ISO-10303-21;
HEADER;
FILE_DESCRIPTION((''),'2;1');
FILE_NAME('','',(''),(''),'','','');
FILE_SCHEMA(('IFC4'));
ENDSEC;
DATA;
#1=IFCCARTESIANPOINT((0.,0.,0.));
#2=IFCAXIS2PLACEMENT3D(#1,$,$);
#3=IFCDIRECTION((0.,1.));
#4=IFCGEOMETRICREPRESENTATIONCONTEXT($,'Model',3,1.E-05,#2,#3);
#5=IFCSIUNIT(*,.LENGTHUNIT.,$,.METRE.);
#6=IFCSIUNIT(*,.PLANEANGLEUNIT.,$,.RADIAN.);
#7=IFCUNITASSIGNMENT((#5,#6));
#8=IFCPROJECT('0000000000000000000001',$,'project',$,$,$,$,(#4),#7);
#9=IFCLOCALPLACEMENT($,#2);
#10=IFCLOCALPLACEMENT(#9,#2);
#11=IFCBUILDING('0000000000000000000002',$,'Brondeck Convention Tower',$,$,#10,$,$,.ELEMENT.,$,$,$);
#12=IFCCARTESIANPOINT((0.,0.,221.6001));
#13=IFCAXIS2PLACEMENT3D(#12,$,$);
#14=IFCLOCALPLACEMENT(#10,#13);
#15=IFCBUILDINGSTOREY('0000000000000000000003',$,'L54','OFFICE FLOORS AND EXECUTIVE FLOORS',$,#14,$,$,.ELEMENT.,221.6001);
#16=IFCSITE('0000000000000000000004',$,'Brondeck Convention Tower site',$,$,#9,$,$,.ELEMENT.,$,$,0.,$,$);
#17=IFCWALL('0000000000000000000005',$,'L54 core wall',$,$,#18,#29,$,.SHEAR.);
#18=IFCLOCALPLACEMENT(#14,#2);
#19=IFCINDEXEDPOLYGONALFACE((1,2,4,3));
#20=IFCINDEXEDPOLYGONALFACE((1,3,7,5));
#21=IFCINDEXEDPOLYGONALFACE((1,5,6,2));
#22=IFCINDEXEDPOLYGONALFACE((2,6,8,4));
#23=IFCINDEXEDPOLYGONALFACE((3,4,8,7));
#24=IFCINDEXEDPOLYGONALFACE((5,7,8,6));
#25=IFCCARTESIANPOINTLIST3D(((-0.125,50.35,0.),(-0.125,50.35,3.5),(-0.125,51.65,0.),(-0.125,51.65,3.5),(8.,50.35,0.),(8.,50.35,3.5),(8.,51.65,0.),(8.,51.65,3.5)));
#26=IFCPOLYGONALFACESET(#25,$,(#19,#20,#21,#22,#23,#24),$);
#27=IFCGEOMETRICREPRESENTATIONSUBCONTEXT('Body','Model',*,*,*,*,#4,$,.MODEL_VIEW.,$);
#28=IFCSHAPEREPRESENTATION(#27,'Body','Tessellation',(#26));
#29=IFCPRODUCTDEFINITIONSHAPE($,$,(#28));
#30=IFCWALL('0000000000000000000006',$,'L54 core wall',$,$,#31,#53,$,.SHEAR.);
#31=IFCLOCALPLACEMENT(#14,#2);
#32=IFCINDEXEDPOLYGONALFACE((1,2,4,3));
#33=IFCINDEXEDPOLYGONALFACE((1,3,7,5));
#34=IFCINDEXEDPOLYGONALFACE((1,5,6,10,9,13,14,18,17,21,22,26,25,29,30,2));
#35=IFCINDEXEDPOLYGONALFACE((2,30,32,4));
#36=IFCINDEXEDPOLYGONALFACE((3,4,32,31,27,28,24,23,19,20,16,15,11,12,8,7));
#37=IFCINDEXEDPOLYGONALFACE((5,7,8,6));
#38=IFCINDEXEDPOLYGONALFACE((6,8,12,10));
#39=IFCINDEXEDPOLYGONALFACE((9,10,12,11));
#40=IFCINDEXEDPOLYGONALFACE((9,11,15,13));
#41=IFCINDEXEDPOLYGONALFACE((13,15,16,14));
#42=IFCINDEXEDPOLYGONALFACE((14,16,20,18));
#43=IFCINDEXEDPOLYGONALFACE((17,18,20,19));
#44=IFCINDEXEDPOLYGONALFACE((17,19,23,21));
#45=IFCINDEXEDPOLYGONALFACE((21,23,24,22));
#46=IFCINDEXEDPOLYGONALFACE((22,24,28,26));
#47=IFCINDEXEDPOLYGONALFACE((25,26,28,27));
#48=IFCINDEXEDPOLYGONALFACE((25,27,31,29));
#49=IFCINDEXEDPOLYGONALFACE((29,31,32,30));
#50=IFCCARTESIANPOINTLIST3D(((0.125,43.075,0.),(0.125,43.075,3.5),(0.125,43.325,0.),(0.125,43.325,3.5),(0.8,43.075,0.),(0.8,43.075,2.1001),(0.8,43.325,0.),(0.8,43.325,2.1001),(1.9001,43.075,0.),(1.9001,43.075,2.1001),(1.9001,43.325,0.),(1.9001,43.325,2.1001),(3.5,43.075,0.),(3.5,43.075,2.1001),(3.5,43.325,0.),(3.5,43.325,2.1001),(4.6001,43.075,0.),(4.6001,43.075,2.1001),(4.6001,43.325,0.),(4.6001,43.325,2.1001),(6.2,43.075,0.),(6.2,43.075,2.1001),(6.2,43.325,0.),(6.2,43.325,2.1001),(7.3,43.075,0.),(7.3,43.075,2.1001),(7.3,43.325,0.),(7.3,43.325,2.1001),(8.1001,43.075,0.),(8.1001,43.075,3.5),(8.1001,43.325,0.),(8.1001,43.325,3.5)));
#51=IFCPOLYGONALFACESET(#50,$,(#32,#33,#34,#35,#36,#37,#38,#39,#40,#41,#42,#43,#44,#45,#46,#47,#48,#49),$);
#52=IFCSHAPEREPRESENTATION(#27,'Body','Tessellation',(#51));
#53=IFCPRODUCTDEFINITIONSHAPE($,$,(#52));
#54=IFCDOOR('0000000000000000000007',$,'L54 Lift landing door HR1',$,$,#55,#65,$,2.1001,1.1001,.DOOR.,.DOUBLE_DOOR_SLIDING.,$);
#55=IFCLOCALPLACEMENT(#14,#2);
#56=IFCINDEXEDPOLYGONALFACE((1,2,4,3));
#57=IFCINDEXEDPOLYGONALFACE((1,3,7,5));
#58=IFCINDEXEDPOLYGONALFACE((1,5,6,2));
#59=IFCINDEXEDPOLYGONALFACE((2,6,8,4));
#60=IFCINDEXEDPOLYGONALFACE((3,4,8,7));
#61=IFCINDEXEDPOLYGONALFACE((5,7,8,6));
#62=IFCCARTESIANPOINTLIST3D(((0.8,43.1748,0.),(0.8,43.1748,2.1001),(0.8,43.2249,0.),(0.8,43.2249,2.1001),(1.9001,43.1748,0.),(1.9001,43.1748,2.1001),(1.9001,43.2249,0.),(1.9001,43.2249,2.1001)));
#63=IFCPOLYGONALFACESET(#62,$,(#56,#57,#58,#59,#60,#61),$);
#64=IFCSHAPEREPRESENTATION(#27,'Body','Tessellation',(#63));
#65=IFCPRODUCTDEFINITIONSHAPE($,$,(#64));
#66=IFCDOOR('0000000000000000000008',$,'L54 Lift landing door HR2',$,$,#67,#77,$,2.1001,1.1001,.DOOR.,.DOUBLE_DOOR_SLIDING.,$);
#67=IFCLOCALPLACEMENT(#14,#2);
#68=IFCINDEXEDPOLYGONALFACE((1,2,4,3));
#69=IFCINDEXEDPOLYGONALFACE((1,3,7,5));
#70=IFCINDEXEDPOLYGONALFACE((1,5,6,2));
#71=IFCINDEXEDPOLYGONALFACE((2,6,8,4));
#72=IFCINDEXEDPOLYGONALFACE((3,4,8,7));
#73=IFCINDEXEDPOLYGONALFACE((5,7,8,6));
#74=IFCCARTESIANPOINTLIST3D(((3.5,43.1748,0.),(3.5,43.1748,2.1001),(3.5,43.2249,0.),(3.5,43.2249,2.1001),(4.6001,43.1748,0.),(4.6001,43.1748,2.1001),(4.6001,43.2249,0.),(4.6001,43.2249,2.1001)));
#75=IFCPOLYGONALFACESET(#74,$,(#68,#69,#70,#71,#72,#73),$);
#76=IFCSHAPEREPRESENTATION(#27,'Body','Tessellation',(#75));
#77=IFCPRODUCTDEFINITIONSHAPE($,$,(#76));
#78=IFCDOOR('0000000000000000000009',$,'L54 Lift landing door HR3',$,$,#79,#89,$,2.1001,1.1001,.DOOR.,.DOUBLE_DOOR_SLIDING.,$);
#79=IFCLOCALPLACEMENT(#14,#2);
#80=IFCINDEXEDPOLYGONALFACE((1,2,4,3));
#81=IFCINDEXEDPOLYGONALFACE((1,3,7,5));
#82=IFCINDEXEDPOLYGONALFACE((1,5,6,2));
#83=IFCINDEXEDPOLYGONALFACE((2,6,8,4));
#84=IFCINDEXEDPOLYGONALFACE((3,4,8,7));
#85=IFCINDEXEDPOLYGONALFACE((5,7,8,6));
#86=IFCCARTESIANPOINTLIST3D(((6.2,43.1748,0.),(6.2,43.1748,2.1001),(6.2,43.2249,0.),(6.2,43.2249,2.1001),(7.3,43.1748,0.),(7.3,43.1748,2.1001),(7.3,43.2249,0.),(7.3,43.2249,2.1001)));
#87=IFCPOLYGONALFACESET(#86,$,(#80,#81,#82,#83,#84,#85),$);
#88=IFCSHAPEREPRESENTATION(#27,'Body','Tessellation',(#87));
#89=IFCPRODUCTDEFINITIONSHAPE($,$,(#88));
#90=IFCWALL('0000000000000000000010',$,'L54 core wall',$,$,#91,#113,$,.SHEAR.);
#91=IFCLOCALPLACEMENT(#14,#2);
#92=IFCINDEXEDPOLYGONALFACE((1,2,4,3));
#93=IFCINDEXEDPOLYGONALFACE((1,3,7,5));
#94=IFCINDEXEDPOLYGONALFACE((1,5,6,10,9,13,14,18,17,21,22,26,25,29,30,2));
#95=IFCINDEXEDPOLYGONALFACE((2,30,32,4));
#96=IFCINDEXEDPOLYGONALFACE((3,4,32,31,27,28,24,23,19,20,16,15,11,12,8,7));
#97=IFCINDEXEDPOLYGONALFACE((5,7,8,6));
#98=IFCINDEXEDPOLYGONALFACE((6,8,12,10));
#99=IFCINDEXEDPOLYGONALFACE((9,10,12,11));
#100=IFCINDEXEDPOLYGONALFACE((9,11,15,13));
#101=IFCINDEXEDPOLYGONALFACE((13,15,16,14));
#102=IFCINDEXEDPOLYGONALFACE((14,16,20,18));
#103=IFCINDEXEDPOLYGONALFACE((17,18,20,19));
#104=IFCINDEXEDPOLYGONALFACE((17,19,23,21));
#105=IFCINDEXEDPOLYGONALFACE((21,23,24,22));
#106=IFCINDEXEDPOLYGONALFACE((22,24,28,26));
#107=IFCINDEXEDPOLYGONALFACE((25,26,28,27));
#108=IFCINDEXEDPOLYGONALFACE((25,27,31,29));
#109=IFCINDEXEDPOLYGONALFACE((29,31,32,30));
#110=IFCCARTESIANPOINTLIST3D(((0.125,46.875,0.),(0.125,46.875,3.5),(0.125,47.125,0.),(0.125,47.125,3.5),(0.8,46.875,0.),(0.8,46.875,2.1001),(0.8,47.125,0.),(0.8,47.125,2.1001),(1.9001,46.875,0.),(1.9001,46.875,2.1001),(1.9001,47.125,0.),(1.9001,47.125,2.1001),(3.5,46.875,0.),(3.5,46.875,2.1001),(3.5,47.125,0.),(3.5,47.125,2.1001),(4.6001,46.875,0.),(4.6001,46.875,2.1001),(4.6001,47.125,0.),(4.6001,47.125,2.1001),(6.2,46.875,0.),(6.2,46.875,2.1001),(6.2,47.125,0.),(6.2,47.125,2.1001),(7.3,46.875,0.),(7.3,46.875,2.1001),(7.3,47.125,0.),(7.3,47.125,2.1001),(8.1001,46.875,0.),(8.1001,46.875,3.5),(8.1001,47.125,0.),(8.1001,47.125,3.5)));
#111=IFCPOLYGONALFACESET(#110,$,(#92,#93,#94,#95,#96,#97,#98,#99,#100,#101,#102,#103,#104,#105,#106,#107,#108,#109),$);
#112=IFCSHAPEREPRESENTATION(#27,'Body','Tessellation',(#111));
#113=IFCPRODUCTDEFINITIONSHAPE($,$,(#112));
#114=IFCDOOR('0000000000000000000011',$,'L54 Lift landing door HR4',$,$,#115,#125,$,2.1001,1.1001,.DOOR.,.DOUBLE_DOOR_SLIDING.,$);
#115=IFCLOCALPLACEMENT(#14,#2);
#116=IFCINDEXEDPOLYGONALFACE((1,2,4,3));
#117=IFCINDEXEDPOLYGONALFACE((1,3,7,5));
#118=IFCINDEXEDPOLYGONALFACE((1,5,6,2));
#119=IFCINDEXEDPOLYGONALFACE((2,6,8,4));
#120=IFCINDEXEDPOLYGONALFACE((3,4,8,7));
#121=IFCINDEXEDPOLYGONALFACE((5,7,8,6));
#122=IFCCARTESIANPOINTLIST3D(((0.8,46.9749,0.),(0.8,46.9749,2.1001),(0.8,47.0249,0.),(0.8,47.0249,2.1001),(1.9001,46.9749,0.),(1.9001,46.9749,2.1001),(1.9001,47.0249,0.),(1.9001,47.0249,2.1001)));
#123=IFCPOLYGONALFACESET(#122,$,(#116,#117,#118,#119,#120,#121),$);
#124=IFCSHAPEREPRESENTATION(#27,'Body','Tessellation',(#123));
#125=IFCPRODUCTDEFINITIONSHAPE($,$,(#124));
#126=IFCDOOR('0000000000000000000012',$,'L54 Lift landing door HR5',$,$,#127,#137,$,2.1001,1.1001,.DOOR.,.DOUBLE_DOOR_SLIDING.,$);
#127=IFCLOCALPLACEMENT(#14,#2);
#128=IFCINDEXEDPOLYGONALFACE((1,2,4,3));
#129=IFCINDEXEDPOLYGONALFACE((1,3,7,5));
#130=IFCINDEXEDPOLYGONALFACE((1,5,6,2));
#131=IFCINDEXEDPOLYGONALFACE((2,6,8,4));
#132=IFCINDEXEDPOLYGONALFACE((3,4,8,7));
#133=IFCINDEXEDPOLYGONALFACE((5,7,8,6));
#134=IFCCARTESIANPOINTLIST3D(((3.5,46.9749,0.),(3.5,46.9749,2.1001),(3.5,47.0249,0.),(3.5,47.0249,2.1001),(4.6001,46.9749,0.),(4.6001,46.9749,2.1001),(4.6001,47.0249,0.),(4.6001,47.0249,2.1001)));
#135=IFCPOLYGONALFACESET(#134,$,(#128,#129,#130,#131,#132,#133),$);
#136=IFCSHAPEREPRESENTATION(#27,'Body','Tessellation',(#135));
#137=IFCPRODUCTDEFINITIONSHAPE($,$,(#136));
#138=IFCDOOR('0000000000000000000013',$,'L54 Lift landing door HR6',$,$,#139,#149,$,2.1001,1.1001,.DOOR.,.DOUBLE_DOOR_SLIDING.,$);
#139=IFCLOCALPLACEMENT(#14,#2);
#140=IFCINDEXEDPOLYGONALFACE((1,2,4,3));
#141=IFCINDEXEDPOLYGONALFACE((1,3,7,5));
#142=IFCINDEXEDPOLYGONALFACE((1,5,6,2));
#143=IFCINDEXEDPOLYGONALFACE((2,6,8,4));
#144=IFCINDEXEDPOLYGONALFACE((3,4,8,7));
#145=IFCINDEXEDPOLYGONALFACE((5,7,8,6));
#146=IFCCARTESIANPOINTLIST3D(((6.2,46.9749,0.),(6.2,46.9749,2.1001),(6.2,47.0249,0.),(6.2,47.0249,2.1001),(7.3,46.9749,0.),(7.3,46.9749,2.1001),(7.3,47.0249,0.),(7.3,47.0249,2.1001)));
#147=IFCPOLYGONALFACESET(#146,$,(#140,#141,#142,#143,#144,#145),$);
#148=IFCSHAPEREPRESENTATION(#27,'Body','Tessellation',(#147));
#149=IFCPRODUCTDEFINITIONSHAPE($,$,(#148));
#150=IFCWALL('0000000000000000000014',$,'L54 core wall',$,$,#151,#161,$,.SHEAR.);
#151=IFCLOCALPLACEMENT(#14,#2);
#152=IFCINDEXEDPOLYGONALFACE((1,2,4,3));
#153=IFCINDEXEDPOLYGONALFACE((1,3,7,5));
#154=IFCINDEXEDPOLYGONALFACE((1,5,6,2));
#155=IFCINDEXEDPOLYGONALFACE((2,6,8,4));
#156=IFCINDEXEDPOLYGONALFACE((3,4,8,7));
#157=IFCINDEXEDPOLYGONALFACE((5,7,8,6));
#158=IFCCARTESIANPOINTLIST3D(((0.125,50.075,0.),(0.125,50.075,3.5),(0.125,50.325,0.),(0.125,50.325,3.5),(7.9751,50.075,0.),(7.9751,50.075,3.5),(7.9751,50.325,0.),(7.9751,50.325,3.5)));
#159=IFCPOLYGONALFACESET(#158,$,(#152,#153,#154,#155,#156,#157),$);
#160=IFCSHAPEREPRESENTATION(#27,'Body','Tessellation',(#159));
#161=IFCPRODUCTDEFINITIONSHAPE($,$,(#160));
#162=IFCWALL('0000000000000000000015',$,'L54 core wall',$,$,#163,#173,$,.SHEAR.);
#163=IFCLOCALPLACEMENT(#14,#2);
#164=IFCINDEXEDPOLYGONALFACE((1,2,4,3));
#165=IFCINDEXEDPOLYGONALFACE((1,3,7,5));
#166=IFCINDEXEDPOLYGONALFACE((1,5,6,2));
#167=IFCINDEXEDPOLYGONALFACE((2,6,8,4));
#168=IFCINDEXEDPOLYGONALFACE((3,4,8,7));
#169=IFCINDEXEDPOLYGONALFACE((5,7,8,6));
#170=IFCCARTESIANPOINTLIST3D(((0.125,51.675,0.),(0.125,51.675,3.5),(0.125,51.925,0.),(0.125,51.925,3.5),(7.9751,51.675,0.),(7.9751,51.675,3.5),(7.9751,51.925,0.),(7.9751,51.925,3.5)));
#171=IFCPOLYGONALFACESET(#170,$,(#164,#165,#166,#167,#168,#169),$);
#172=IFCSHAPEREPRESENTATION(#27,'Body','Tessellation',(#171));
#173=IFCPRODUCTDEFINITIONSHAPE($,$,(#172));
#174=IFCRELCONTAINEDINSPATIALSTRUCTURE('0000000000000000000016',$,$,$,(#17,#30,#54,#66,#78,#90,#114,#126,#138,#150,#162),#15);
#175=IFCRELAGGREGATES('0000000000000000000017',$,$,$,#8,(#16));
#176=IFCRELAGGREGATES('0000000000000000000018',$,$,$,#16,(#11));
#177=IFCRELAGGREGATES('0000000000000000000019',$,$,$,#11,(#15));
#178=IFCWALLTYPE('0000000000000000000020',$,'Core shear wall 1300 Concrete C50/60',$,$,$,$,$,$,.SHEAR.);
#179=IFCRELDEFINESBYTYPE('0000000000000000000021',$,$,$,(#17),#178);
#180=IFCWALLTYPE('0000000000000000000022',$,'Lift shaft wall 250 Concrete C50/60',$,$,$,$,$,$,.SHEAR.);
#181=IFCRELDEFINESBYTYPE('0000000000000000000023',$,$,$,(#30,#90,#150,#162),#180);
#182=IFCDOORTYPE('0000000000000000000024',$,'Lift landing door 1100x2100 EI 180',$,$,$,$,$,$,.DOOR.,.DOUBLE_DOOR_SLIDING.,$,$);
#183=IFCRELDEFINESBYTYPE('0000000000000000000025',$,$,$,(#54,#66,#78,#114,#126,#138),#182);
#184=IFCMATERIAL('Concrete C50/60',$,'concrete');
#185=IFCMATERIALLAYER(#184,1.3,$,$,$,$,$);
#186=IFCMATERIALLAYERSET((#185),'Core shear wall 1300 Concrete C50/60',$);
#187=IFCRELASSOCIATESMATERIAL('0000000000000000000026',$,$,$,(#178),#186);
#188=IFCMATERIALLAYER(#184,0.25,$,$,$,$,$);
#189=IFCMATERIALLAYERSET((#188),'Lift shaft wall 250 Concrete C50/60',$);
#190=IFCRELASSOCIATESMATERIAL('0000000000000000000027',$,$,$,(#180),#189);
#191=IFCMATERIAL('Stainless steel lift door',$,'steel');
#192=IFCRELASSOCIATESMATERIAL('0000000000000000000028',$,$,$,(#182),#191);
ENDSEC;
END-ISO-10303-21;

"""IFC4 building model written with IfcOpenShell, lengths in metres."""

from ifc_helpers import new_model, si_unit, direction, frame, frame_2d, origin, place, context, subcontext, project, spatial, rectangle, extrude, material, layer, layer_set, type_object, element, fill, save


model = new_model("IFC4")

# Units and contexts
model_context = context("Model", 3, precision=1e-05, world=origin(), true_north=direction((0.0, 1.0)))
body_context = subcontext(model_context, "Body", "Model", "MODEL_VIEW")
ifc_project = project(units=[si_unit("LENGTHUNIT", "METRE"), si_unit("PLANEANGLEUNIT", "RADIAN")], contexts=[model_context])

# Site, building, storey
site_placement = place(None, origin())
site = spatial("IfcSite", under=ifc_project, at=site_placement, Name="Brondeck Convention Tower site", CompositionType="ELEMENT", RefElevation=0.0)
building_placement = place(site_placement, origin())
building = spatial("IfcBuilding", under=site, at=building_placement, Name="Brondeck Convention Tower", CompositionType="ELEMENT")
storey_placement = place(building_placement, frame((0.0, 0.0, 221.6001)))
storey = spatial("IfcBuildingStorey", under=building, at=storey_placement, Name="L54", Description="OFFICE FLOORS AND EXECUTIVE FLOORS", CompositionType="ELEMENT", Elevation=221.6001)

# Shared definitions
ifc_material_1 = material(Name="Concrete C50/60", Category="concrete")

# Wall
ifc_layer_1 = layer(ifc_material_1, 1.3)
ifc_layer_set_1 = layer_set([ifc_layer_1], Name="Core shear wall 1300 Concrete C50/60")
wall_type_1 = type_object("IfcWallType", Name="Core shear wall 1300 Concrete C50/60", PredefinedType="SHEAR", material=ifc_layer_set_1)
wall_1_placement = place(storey_placement, frame((-0.125, 51.0, 0.0), z_axis=(0.0, 0.0, 1.0), x_axis=(1.0, 0.0, 0.0)))
element("IfcWall", 1, at=wall_1_placement, inside=storey, type_object=wall_type_1, Name="L54 core wall", PredefinedType="SHEAR", context=body_context, shape_type="SweptSolid", body=[
    extrude(rectangle(XDim=8.125, YDim=1.3, at=frame_2d((4.0625, 0.0))), origin(), (0.0, 0.0, 1.0), 3.5),
])

# Walls, openings, doors
ifc_layer_2 = layer(ifc_material_1, 0.25)
ifc_layer_set_2 = layer_set([ifc_layer_2], Name="Lift shaft wall 250 Concrete C50/60")
wall_type_2 = type_object("IfcWallType", Name="Lift shaft wall 250 Concrete C50/60", PredefinedType="SHEAR", material=ifc_layer_set_2)
wall_2_placement = place(storey_placement, frame((0.125, 43.2, 0.0), z_axis=(0.0, 0.0, 1.0), x_axis=(1.0, 0.0, 0.0)))
wall_2 = element("IfcWall", 2, at=wall_2_placement, inside=storey, type_object=wall_type_2, Name="L54 core wall", PredefinedType="SHEAR", context=body_context, shape_type="SweptSolid", body=[
    extrude(rectangle(XDim=7.9751, YDim=0.25, at=frame_2d((3.9875, 0.0))), origin(), (0.0, 0.0, 1.0), 3.5),
])
opening_1_placement = place(wall_2_placement, frame((0.675, 0.0, 0.0)))
opening_1 = element("IfcOpeningElement", 3, at=opening_1_placement, cuts=wall_2, PredefinedType="OPENING", context=body_context, shape_type="SweptSolid", body=[
    extrude(rectangle(XDim=1.1001, YDim=2.1001, at=frame_2d((0.55, 1.05))), frame((0.0, 0.135, 0.0), z_axis=(0.0, -1.0, 0.0), x_axis=(1.0, 0.0, 0.0)), (0.0, 0.0, 1.0), 0.27),
])
opening_2_placement = place(wall_2_placement, frame((3.375, 0.0, 0.0)))
opening_2 = element("IfcOpeningElement", 4, at=opening_2_placement, cuts=wall_2, PredefinedType="OPENING", context=body_context, shape_type="SweptSolid", body=[
    extrude(rectangle(XDim=1.1001, YDim=2.1001, at=frame_2d((0.55, 1.05))), frame((0.0, 0.135, 0.0), z_axis=(0.0, -1.0, 0.0), x_axis=(1.0, 0.0, 0.0)), (0.0, 0.0, 1.0), 0.27),
])
opening_3_placement = place(wall_2_placement, frame((6.075, 0.0, 0.0)))
opening_3 = element("IfcOpeningElement", 5, at=opening_3_placement, cuts=wall_2, PredefinedType="OPENING", context=body_context, shape_type="SweptSolid", body=[
    extrude(rectangle(XDim=1.1001, YDim=2.1001, at=frame_2d((0.55, 1.05))), frame((0.0, 0.135, 0.0), z_axis=(0.0, -1.0, 0.0), x_axis=(1.0, 0.0, 0.0)), (0.0, 0.0, 1.0), 0.27),
])
ifc_material_2 = material(Name="Stainless steel lift door", Category="steel")
door_type_1 = type_object("IfcDoorType", Name="Lift landing door 1100x2100 EI 180", OperationType="DOUBLE_DOOR_SLIDING", PredefinedType="DOOR", material=ifc_material_2)
door_1_placement = place(opening_1_placement, origin())
door_1 = element("IfcDoor", 6, at=door_1_placement, inside=storey, type_object=door_type_1, Name="L54 Lift landing door HR1", OperationType="DOUBLE_DOOR_SLIDING", OverallHeight=2.1001, OverallWidth=1.1001, PredefinedType="DOOR", context=body_context, shape_type="SweptSolid", body=[
    extrude(rectangle(XDim=1.1001, YDim=2.1001, at=frame_2d((0.55, 1.05))), frame((0.0, 0.0249, 0.0), z_axis=(0.0, -1.0, 0.0), x_axis=(1.0, 0.0, 0.0)), (0.0, 0.0, 1.0), 0.05),
])
fill(opening_1, door_1)
door_2_placement = place(opening_2_placement, origin())
door_2 = element("IfcDoor", 7, at=door_2_placement, inside=storey, type_object=door_type_1, Name="L54 Lift landing door HR2", OperationType="DOUBLE_DOOR_SLIDING", OverallHeight=2.1001, OverallWidth=1.1001, PredefinedType="DOOR", context=body_context, shape_type="SweptSolid", body=[
    extrude(rectangle(XDim=1.1001, YDim=2.1001, at=frame_2d((0.55, 1.05))), frame((0.0, 0.0249, 0.0), z_axis=(0.0, -1.0, 0.0), x_axis=(1.0, 0.0, 0.0)), (0.0, 0.0, 1.0), 0.05),
])
fill(opening_2, door_2)
door_3_placement = place(opening_3_placement, origin())
door_3 = element("IfcDoor", 8, at=door_3_placement, inside=storey, type_object=door_type_1, Name="L54 Lift landing door HR3", OperationType="DOUBLE_DOOR_SLIDING", OverallHeight=2.1001, OverallWidth=1.1001, PredefinedType="DOOR", context=body_context, shape_type="SweptSolid", body=[
    extrude(rectangle(XDim=1.1001, YDim=2.1001, at=frame_2d((0.55, 1.05))), frame((0.0, 0.0249, 0.0), z_axis=(0.0, -1.0, 0.0), x_axis=(1.0, 0.0, 0.0)), (0.0, 0.0, 1.0), 0.05),
])
fill(opening_3, door_3)
wall_3_placement = place(storey_placement, frame((0.125, 47.0, 0.0), z_axis=(0.0, 0.0, 1.0), x_axis=(1.0, 0.0, 0.0)))
wall_3 = element("IfcWall", 9, at=wall_3_placement, inside=storey, type_object=wall_type_2, Name="L54 core wall", PredefinedType="SHEAR", context=body_context, shape_type="SweptSolid", body=[
    extrude(rectangle(XDim=7.9751, YDim=0.25, at=frame_2d((3.9875, 0.0))), origin(), (0.0, 0.0, 1.0), 3.5),
])
opening_4_placement = place(wall_3_placement, frame((0.675, 0.0, 0.0)))
opening_4 = element("IfcOpeningElement", 10, at=opening_4_placement, cuts=wall_3, PredefinedType="OPENING", context=body_context, shape_type="SweptSolid", body=[
    extrude(rectangle(XDim=1.1001, YDim=2.1001, at=frame_2d((0.55, 1.05))), frame((0.0, 0.135, 0.0), z_axis=(0.0, -1.0, 0.0), x_axis=(1.0, 0.0, 0.0)), (0.0, 0.0, 1.0), 0.27),
])
opening_5_placement = place(wall_3_placement, frame((3.375, 0.0, 0.0)))
opening_5 = element("IfcOpeningElement", 11, at=opening_5_placement, cuts=wall_3, PredefinedType="OPENING", context=body_context, shape_type="SweptSolid", body=[
    extrude(rectangle(XDim=1.1001, YDim=2.1001, at=frame_2d((0.55, 1.05))), frame((0.0, 0.135, 0.0), z_axis=(0.0, -1.0, 0.0), x_axis=(1.0, 0.0, 0.0)), (0.0, 0.0, 1.0), 0.27),
])
opening_6_placement = place(wall_3_placement, frame((6.075, 0.0, 0.0)))
opening_6 = element("IfcOpeningElement", 12, at=opening_6_placement, cuts=wall_3, PredefinedType="OPENING", context=body_context, shape_type="SweptSolid", body=[
    extrude(rectangle(XDim=1.1001, YDim=2.1001, at=frame_2d((0.55, 1.05))), frame((0.0, 0.135, 0.0), z_axis=(0.0, -1.0, 0.0), x_axis=(1.0, 0.0, 0.0)), (0.0, 0.0, 1.0), 0.27),
])
door_4_placement = place(opening_4_placement, origin())
door_4 = element("IfcDoor", 13, at=door_4_placement, inside=storey, type_object=door_type_1, Name="L54 Lift landing door HR4", OperationType="DOUBLE_DOOR_SLIDING", OverallHeight=2.1001, OverallWidth=1.1001, PredefinedType="DOOR", context=body_context, shape_type="SweptSolid", body=[
    extrude(rectangle(XDim=1.1001, YDim=2.1001, at=frame_2d((0.55, 1.05))), frame((0.0, 0.0249, 0.0), z_axis=(0.0, -1.0, 0.0), x_axis=(1.0, 0.0, 0.0)), (0.0, 0.0, 1.0), 0.05),
])
fill(opening_4, door_4)
door_5_placement = place(opening_5_placement, origin())
door_5 = element("IfcDoor", 14, at=door_5_placement, inside=storey, type_object=door_type_1, Name="L54 Lift landing door HR5", OperationType="DOUBLE_DOOR_SLIDING", OverallHeight=2.1001, OverallWidth=1.1001, PredefinedType="DOOR", context=body_context, shape_type="SweptSolid", body=[
    extrude(rectangle(XDim=1.1001, YDim=2.1001, at=frame_2d((0.55, 1.05))), frame((0.0, 0.0249, 0.0), z_axis=(0.0, -1.0, 0.0), x_axis=(1.0, 0.0, 0.0)), (0.0, 0.0, 1.0), 0.05),
])
fill(opening_5, door_5)
door_6_placement = place(opening_6_placement, origin())
door_6 = element("IfcDoor", 15, at=door_6_placement, inside=storey, type_object=door_type_1, Name="L54 Lift landing door HR6", OperationType="DOUBLE_DOOR_SLIDING", OverallHeight=2.1001, OverallWidth=1.1001, PredefinedType="DOOR", context=body_context, shape_type="SweptSolid", body=[
    extrude(rectangle(XDim=1.1001, YDim=2.1001, at=frame_2d((0.55, 1.05))), frame((0.0, 0.0249, 0.0), z_axis=(0.0, -1.0, 0.0), x_axis=(1.0, 0.0, 0.0)), (0.0, 0.0, 1.0), 0.05),
])
fill(opening_6, door_6)

# Walls
for number, where, z_axis, x_axis, name in (
    (16, (0.125, 50.2, 0.0), (0.0, 0.0, 1.0), (1.0, 0.0, 0.0), "L54 core wall"),
    (17, (0.125, 51.8, 0.0), (0.0, 0.0, 1.0), (1.0, 0.0, 0.0), "L54 core wall"),
):
    element("IfcWall", number, at=place(storey_placement, frame(where, z_axis=z_axis, x_axis=x_axis)), inside=storey, type_object=wall_type_2, Name=name, PredefinedType="SHEAR", context=body_context, shape_type="SweptSolid", body=[
        extrude(rectangle(XDim=7.8501, YDim=0.25, at=frame_2d((3.925, 0.0))), origin(), (0.0, 0.0, 1.0), 3.5),
    ])

save(model, "model.ifc")
